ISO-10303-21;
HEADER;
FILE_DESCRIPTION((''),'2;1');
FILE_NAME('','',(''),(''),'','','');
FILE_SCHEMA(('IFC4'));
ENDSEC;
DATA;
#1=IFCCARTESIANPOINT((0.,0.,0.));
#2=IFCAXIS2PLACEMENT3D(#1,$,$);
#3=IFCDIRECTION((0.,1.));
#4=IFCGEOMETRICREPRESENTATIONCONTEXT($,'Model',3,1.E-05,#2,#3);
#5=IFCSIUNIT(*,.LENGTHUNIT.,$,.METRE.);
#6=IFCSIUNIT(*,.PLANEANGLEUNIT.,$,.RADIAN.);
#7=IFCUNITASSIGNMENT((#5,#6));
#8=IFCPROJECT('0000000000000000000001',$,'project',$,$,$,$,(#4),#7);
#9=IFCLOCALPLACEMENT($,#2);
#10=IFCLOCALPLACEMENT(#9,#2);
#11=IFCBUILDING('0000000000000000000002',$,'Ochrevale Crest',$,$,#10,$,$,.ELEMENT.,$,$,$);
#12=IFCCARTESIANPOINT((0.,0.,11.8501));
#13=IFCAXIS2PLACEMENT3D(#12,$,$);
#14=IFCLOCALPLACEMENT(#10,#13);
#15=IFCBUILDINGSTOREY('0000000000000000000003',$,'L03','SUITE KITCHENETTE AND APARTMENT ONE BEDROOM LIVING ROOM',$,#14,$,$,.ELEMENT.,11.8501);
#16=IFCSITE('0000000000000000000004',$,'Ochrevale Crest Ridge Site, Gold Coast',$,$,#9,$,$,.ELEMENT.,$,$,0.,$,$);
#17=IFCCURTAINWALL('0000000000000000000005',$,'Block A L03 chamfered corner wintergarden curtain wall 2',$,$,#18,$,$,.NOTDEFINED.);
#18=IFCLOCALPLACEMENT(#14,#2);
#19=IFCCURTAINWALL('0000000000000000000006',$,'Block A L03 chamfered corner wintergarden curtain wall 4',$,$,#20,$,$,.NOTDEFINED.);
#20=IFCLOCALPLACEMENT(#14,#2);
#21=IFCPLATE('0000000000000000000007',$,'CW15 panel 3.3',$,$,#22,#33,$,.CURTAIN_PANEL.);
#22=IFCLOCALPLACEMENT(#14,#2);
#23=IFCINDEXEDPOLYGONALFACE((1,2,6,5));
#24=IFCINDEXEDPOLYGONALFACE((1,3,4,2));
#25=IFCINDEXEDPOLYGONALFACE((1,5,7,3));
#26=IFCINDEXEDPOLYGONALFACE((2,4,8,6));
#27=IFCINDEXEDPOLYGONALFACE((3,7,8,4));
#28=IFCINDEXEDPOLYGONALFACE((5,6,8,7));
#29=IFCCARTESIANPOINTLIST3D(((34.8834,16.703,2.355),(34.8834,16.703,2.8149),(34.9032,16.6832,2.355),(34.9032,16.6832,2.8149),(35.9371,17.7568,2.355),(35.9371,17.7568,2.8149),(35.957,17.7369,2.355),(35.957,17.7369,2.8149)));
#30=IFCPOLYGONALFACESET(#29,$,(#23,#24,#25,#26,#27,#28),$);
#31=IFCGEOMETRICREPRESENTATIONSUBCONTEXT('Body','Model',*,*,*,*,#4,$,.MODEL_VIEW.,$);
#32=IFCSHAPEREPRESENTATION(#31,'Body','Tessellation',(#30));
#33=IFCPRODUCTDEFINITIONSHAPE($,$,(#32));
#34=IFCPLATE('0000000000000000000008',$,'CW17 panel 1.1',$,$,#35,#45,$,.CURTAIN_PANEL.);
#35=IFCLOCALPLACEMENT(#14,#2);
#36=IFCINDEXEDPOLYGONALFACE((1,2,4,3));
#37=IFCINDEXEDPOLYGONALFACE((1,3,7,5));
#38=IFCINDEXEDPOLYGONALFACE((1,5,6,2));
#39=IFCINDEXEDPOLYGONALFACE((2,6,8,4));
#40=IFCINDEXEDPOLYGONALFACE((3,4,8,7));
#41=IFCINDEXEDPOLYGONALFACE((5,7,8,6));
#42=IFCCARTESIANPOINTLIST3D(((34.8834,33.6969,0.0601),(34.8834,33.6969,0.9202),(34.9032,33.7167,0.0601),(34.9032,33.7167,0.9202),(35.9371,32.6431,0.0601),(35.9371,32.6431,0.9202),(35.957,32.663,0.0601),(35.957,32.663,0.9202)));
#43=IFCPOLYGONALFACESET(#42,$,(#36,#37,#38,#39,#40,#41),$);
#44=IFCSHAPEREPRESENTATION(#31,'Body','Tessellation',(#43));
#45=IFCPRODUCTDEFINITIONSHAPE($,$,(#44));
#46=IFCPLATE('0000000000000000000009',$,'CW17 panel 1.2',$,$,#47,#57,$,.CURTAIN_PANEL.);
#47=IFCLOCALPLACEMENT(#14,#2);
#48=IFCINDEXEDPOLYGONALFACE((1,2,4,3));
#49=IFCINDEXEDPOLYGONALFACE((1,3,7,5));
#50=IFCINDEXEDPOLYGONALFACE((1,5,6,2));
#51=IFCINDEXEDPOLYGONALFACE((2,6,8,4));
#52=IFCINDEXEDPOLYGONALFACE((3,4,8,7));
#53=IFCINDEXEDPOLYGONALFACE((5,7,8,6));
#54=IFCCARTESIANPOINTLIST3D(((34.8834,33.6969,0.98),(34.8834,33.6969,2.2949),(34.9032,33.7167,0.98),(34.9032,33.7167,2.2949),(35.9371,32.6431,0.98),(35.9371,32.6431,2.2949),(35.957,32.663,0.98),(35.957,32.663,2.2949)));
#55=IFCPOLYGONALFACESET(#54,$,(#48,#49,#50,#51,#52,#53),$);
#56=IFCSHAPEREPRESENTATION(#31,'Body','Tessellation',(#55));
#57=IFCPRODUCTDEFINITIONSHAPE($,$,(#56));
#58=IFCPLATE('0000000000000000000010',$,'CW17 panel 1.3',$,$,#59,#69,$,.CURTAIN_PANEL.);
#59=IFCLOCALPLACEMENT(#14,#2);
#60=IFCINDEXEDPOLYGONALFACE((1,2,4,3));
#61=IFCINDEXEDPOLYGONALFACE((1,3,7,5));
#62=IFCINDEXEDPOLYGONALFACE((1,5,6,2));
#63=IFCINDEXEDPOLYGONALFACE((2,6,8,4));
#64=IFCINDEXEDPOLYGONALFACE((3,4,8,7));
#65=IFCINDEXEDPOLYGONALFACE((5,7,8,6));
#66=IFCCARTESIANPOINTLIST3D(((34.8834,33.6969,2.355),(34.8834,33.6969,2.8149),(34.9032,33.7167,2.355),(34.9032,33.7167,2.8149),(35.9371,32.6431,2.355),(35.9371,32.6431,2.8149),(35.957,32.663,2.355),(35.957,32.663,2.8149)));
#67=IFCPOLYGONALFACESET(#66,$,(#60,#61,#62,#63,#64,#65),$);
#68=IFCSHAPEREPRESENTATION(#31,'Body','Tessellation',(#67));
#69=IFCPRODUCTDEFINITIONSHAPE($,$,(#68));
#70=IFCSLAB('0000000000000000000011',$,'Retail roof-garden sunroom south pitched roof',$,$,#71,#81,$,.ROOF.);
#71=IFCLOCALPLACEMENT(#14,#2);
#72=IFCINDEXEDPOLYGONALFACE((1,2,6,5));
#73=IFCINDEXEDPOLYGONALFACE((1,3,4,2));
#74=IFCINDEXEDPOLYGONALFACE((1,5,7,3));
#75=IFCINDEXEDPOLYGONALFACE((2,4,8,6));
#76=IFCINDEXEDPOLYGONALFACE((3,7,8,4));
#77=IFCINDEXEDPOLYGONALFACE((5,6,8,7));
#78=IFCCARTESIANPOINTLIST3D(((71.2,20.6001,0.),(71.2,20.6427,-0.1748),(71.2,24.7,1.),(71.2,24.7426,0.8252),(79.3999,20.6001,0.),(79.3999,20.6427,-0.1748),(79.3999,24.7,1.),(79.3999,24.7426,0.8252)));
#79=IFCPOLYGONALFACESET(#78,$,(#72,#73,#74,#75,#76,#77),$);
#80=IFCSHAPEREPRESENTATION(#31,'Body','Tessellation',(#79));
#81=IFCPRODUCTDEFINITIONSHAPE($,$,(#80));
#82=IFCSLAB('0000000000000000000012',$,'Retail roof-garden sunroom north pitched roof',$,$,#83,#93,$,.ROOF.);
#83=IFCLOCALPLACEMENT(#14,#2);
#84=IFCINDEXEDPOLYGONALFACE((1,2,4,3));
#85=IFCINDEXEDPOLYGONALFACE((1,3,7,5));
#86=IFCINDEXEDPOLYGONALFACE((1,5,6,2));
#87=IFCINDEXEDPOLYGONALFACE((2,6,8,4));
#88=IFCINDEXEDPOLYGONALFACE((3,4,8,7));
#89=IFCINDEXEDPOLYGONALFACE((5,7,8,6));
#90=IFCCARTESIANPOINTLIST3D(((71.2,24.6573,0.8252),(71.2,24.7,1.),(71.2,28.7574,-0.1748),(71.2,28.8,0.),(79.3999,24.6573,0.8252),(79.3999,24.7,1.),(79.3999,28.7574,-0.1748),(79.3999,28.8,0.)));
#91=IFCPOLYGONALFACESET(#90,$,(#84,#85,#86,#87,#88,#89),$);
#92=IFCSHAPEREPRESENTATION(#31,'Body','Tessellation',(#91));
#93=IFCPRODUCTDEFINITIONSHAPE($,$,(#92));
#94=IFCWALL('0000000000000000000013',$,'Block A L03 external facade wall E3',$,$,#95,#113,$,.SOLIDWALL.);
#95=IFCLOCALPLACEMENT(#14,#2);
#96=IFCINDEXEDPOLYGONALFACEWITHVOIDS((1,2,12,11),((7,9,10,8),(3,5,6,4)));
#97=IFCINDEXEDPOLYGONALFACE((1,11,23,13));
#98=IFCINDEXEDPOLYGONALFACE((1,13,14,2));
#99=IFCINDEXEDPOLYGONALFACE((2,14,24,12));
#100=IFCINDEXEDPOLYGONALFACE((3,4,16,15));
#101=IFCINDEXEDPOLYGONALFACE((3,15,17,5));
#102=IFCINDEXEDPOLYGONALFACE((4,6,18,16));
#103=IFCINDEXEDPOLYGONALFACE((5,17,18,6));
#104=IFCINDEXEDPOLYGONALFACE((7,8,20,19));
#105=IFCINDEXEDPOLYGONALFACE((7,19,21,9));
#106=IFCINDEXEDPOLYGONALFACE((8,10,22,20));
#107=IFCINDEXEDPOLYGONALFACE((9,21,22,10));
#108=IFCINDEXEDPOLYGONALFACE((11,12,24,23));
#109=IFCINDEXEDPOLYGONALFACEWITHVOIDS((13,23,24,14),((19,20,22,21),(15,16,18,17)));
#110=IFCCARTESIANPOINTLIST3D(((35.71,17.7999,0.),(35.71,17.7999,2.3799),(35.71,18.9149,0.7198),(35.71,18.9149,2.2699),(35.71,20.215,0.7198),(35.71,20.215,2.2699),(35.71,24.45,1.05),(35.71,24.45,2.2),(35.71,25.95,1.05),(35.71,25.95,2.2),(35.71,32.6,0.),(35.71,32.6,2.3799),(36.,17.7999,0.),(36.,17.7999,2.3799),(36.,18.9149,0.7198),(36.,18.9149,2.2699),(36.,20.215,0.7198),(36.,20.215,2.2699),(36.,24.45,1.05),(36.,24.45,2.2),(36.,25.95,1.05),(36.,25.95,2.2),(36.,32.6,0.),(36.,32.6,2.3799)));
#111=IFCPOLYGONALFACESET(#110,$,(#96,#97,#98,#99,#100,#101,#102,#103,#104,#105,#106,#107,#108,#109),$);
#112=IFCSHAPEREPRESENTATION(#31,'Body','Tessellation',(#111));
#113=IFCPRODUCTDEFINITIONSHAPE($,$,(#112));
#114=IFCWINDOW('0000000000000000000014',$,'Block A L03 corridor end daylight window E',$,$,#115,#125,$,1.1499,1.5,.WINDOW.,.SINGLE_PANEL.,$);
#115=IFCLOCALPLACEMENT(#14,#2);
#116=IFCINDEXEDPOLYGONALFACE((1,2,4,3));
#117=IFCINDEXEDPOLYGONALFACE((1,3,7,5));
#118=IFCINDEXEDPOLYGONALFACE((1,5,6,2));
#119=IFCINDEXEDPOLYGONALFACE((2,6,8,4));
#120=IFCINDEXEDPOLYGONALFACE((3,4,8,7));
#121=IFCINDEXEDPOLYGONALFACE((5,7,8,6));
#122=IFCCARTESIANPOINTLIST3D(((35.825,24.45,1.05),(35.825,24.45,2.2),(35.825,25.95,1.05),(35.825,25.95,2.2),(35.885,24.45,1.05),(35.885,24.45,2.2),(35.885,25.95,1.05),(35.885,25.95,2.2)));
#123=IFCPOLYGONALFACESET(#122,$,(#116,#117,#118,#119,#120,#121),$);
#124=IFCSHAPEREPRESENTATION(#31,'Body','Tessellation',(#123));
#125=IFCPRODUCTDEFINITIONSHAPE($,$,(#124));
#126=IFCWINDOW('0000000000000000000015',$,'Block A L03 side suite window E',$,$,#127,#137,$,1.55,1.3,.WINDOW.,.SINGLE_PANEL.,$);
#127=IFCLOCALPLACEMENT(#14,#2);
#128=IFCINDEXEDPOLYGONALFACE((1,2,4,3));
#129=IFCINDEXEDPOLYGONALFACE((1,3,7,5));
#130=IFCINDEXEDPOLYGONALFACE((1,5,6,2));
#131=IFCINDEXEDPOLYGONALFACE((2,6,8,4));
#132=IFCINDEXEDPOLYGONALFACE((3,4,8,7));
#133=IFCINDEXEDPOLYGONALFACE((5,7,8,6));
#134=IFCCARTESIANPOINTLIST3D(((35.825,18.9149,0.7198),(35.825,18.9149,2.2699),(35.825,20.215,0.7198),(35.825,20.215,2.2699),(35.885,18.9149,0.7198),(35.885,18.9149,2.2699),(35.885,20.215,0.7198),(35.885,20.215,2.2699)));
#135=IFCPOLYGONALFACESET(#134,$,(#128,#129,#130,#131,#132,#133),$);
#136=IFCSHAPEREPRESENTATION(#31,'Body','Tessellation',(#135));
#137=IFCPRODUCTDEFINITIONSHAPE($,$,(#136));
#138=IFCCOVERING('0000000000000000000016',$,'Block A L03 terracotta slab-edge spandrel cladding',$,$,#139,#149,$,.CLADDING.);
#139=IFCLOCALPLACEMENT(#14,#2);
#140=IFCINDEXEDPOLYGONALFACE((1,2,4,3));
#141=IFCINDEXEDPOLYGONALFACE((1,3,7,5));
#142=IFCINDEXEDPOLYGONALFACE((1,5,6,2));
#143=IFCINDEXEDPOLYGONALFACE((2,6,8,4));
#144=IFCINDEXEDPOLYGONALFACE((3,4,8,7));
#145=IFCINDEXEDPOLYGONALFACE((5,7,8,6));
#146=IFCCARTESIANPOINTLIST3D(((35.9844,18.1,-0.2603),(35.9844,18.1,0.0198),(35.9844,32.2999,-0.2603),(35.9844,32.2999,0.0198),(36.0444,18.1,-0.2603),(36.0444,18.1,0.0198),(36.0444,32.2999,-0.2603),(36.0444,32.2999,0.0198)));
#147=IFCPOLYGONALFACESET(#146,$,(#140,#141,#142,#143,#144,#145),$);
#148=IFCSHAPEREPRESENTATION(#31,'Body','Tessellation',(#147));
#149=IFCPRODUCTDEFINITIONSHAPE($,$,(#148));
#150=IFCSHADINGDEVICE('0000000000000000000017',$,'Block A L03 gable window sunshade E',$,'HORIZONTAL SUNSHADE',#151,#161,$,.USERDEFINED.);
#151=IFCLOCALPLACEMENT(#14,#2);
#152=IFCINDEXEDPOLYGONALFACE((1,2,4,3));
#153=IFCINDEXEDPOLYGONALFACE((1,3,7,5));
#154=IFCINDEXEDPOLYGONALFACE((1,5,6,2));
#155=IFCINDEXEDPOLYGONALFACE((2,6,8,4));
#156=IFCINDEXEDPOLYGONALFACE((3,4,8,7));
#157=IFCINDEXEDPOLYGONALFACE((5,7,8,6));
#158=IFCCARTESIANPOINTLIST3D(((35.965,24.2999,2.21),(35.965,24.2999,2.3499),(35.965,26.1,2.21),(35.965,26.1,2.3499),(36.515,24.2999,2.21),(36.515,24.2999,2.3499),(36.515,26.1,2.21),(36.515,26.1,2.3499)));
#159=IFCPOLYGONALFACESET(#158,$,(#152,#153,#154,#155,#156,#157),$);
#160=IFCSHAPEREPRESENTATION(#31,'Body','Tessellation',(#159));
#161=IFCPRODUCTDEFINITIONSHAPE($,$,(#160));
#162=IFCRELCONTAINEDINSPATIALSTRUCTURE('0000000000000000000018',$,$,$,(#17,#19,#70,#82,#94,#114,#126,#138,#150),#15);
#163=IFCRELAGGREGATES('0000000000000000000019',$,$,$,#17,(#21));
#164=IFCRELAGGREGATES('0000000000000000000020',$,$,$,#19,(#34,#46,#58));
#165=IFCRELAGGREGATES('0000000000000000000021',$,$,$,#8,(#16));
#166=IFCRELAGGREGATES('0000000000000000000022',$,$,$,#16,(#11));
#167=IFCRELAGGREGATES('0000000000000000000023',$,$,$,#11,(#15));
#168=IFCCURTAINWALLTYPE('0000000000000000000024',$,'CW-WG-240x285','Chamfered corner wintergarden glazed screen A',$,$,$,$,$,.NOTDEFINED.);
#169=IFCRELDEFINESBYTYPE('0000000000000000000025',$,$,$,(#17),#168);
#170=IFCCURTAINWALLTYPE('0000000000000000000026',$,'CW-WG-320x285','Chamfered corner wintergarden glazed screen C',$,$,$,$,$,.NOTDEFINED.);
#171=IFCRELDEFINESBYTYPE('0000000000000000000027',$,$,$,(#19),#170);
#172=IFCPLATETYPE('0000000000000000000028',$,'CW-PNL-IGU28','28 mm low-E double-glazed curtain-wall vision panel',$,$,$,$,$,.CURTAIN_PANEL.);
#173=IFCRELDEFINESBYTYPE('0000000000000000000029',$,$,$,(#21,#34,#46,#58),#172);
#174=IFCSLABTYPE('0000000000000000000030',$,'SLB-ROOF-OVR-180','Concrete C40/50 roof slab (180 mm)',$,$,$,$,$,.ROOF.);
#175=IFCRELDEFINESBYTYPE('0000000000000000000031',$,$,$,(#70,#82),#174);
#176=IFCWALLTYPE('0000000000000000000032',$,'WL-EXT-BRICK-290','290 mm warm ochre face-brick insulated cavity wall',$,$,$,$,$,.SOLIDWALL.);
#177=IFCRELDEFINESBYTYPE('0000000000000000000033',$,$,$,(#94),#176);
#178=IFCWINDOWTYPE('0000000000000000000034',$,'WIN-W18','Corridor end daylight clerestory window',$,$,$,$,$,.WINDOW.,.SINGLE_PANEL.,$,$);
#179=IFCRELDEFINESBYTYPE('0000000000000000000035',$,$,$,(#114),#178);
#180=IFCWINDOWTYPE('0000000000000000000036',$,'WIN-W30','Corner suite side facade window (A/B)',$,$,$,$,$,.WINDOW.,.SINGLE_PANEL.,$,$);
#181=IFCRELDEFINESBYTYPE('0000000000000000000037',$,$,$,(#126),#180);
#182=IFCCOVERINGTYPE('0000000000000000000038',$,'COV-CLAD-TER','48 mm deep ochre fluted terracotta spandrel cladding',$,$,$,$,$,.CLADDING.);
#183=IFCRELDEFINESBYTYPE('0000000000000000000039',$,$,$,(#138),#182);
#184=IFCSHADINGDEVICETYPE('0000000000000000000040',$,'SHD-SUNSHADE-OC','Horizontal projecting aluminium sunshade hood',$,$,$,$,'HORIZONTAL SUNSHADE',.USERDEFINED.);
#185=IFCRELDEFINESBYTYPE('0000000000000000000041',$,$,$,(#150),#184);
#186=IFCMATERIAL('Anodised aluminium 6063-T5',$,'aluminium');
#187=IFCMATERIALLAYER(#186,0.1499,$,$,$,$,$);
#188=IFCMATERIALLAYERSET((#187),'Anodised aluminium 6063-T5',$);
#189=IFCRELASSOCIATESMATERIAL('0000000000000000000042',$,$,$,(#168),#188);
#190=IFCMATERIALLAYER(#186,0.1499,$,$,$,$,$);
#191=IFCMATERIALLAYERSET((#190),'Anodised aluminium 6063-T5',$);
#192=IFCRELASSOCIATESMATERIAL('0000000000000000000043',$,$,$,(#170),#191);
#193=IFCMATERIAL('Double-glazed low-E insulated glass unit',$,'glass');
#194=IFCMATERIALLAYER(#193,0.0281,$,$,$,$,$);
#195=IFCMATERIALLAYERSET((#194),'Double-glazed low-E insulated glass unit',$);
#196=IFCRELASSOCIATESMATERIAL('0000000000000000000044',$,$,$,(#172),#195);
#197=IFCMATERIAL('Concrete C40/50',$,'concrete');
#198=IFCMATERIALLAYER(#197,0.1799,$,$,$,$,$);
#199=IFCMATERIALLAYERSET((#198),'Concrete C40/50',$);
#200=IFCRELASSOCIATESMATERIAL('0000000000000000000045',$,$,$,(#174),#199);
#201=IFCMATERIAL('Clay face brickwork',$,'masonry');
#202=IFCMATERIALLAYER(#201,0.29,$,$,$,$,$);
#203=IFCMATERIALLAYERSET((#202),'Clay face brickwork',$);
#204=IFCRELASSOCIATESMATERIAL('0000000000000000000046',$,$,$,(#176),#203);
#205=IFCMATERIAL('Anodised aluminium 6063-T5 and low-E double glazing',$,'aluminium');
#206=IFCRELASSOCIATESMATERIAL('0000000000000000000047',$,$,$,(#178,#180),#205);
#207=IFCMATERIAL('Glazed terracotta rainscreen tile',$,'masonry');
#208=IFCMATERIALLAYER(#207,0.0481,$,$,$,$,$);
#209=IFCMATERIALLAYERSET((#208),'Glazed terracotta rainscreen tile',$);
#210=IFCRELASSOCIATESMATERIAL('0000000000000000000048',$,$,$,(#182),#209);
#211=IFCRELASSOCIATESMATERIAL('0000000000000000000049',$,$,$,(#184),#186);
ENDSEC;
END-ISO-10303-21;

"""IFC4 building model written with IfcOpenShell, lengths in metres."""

from ifc_helpers import new_model, si_unit, direction, frame, frame_2d, origin, origin_2d, place, context, subcontext, project, spatial, polyline, rectangle, outline, extrude, material, layer, layer_set, type_object, element, fill, aggregate, save


model = new_model("IFC4")

# Units and contexts
model_context = context("Model", 3, precision=1e-05, world=origin(), true_north=direction((0.0, 1.0)))
body_context = subcontext(model_context, "Body", "Model", "MODEL_VIEW")
ifc_project = project(units=[si_unit("LENGTHUNIT", "METRE"), si_unit("PLANEANGLEUNIT", "RADIAN")], contexts=[model_context])

# Site, building, storey
site_placement = place(None, origin())
site = spatial("IfcSite", under=ifc_project, at=site_placement, Name="Ochrevale Crest Ridge Site, Gold Coast", CompositionType="ELEMENT", RefElevation=0.0)
building_placement = place(site_placement, origin())
building = spatial("IfcBuilding", under=site, at=building_placement, Name="Ochrevale Crest", CompositionType="ELEMENT")
storey_placement = place(building_placement, frame((0.0, 0.0, 11.8501)))
storey = spatial("IfcBuildingStorey", under=building, at=storey_placement, Name="L03", Description="SUITE KITCHENETTE AND APARTMENT ONE BEDROOM LIVING ROOM", CompositionType="ELEMENT", Elevation=11.8501)

# Curtain walls
ifc_material_1 = material(Name="Anodised aluminium 6063-T5", Category="aluminium")
ifc_layer_1 = layer(ifc_material_1, 0.1499)
ifc_layer_set_1 = layer_set([ifc_layer_1], Name="Anodised aluminium 6063-T5")
curtain_wall_type_1 = type_object("IfcCurtainWallType", Name="CW-WG-240x285", Description="Chamfered corner wintergarden glazed screen A", PredefinedType="NOTDEFINED", material=ifc_layer_set_1)
curtain_wall_1_placement = place(storey_placement, origin())
curtain_wall_1 = element("IfcCurtainWall", 1, at=curtain_wall_1_placement, inside=storey, type_object=curtain_wall_type_1, Name="Block A L03 chamfered corner wintergarden curtain wall 2", PredefinedType="NOTDEFINED")
ifc_layer_2 = layer(ifc_material_1, 0.1499)
ifc_layer_set_2 = layer_set([ifc_layer_2], Name="Anodised aluminium 6063-T5")
curtain_wall_type_2 = type_object("IfcCurtainWallType", Name="CW-WG-320x285", Description="Chamfered corner wintergarden glazed screen C", PredefinedType="NOTDEFINED", material=ifc_layer_set_2)
curtain_wall_2_placement = place(storey_placement, origin())
curtain_wall_2 = element("IfcCurtainWall", 2, at=curtain_wall_2_placement, inside=storey, type_object=curtain_wall_type_2, Name="Block A L03 chamfered corner wintergarden curtain wall 4", PredefinedType="NOTDEFINED")

# Plates
ifc_material_2 = material(Name="Double-glazed low-E insulated glass unit", Category="glass")
ifc_layer_3 = layer(ifc_material_2, 0.0281)
ifc_layer_set_3 = layer_set([ifc_layer_3], Name="Double-glazed low-E insulated glass unit")
plate_type = type_object("IfcPlateType", Name="CW-PNL-IGU28", Description="28 mm low-E double-glazed curtain-wall vision panel", PredefinedType="CURTAIN_PANEL", material=ifc_layer_set_3)
plate_1_placement = place(storey_placement, frame((35.4202, 17.22, 2.355), z_axis=(0.0, 0.0, 1.0), x_axis=(0.707107, 0.707107, 0.0)))
plate_1 = element("IfcPlate", 3, at=plate_1_placement, type_object=plate_type, Name="CW15 panel 3.3", PredefinedType="CURTAIN_PANEL", context=body_context, shape_type="SweptSolid", body=[
    extrude(rectangle(XDim=1.4902, YDim=0.0281, at=origin_2d()), origin(), (0.0, 0.0, 1.0), 0.46),
])
aggregate(curtain_wall_1, [plate_1])
plate_2_placement = place(storey_placement, frame((35.4202, 33.1799, 0.0601), z_axis=(0.0, 0.0, 1.0), x_axis=(-0.707107, 0.707107, 0.0)))
plate_2 = element("IfcPlate", 4, at=plate_2_placement, type_object=plate_type, Name="CW17 panel 1.1", PredefinedType="CURTAIN_PANEL", context=body_context, shape_type="SweptSolid", body=[
    extrude(rectangle(XDim=1.4902, YDim=0.0281, at=origin_2d()), origin(), (0.0, 0.0, 1.0), 0.8601),
])
plate_3_placement = place(storey_placement, frame((35.4202, 33.1799, 0.98), z_axis=(0.0, 0.0, 1.0), x_axis=(-0.707107, 0.707107, 0.0)))
plate_3 = element("IfcPlate", 5, at=plate_3_placement, type_object=plate_type, Name="CW17 panel 1.2", PredefinedType="CURTAIN_PANEL", context=body_context, shape_type="SweptSolid", body=[
    extrude(rectangle(XDim=1.4902, YDim=0.0281, at=origin_2d()), origin(), (0.0, 0.0, 1.0), 1.3149),
])
plate_4_placement = place(storey_placement, frame((35.4202, 33.1799, 2.355), z_axis=(0.0, 0.0, 1.0), x_axis=(-0.707107, 0.707107, 0.0)))
plate_4 = element("IfcPlate", 6, at=plate_4_placement, type_object=plate_type, Name="CW17 panel 1.3", PredefinedType="CURTAIN_PANEL", context=body_context, shape_type="SweptSolid", body=[
    extrude(rectangle(XDim=1.4902, YDim=0.0281, at=origin_2d()), origin(), (0.0, 0.0, 1.0), 0.46),
])
aggregate(curtain_wall_2, [plate_2, plate_3, plate_4])

# Slabs
ifc_material_3 = material(Name="Concrete C40/50", Category="concrete")
ifc_layer_4 = layer(ifc_material_3, 0.1799)
ifc_layer_set_4 = layer_set([ifc_layer_4], Name="Concrete C40/50")
slab_type = type_object("IfcSlabType", Name="SLB-ROOF-OVR-180", Description="Concrete C40/50 roof slab (180 mm)", PredefinedType="ROOF", material=ifc_layer_set_4)
slab_1_placement = place(storey_placement, frame((71.2, 20.6001, 0.0), z_axis=(0.0, -0.236964, 0.971518), x_axis=(1.0, 0.0, 0.0)))
element("IfcSlab", 7, at=slab_1_placement, inside=storey, type_object=slab_type, Name="Retail roof-garden sunroom south pitched roof", PredefinedType="ROOF", context=body_context, shape_type="SweptSolid", body=[
    extrude(outline(polyline([(0.0, 0.0), (8.2, 0.0), (8.2, 4.22), (0.0, 4.22), (0.0, 0.0)])), origin(), (0.0, 0.0, -1.0), 0.1799),
])
slab_2_placement = place(storey_placement, frame((71.2, 24.7, 1.0), z_axis=(0.0, 0.236951, 0.971522), x_axis=(1.0, 0.0, 0.0)))
element("IfcSlab", 8, at=slab_2_placement, inside=storey, type_object=slab_type, Name="Retail roof-garden sunroom north pitched roof", PredefinedType="ROOF", context=body_context, shape_type="SweptSolid", body=[
    extrude(outline(polyline([(0.0, 0.0), (8.2, 0.0), (8.2, 4.2203), (0.0, 4.2203), (0.0, 0.0)])), origin(), (0.0, 0.0, -1.0), 0.1799),
])

# Wall, openings, windows
ifc_material_4 = material(Name="Clay face brickwork", Category="masonry")
ifc_layer_5 = layer(ifc_material_4, 0.29)
ifc_layer_set_5 = layer_set([ifc_layer_5], Name="Clay face brickwork")
wall_type = type_object("IfcWallType", Name="WL-EXT-BRICK-290", Description="290 mm warm ochre face-brick insulated cavity wall", PredefinedType="SOLIDWALL", material=ifc_layer_set_5)
wall_placement = place(storey_placement, frame((35.855, 17.8, 0.0), z_axis=(0.0, 0.0, 1.0), x_axis=(0.0, 1.0, 0.0)))
wall = element("IfcWall", 9, at=wall_placement, inside=storey, type_object=wall_type, Name="Block A L03 external facade wall E3", PredefinedType="SOLIDWALL", context=body_context, shape_type="SweptSolid", body=[
    extrude(rectangle(XDim=14.8, YDim=0.29, at=frame_2d((7.3999, 0.0))), origin(), (0.0, 0.0, 1.0), 2.3799),
])
opening_1_placement = place(wall_placement, frame((6.6499, 0.0, 1.05)))
opening_1 = element("IfcOpeningElement", 10, at=opening_1_placement, cuts=wall, PredefinedType="OPENING", context=body_context, shape_type="SweptSolid", body=[
    extrude(rectangle(XDim=1.5, YDim=1.1499, at=frame_2d((0.75, 0.575))), frame((0.0, 0.155, 0.0), z_axis=(0.0, -1.0, 0.0), x_axis=(1.0, 0.0, 0.0)), (0.0, 0.0, 1.0), 0.3101),
])
opening_2_placement = place(wall_placement, frame((1.115, 0.0, 0.72)))
opening_2 = element("IfcOpeningElement", 11, at=opening_2_placement, cuts=wall, PredefinedType="OPENING", context=body_context, shape_type="SweptSolid", body=[
    extrude(rectangle(XDim=1.3, YDim=1.55, at=frame_2d((0.6499, 0.7749))), frame((0.0, 0.155, 0.0), z_axis=(0.0, -1.0, 0.0), x_axis=(1.0, 0.0, 0.0)), (0.0, 0.0, 1.0), 0.3101),
])
ifc_material_5 = material(Name="Anodised aluminium 6063-T5 and low-E double glazing", Category="aluminium")
window_type_1 = type_object("IfcWindowType", Name="WIN-W18", Description="Corridor end daylight clerestory window", PartitioningType="SINGLE_PANEL", PredefinedType="WINDOW", material=ifc_material_5)
window_1_placement = place(opening_1_placement, origin())
window_1 = element("IfcWindow", 12, at=window_1_placement, inside=storey, type_object=window_type_1, Name="Block A L03 corridor end daylight window E", OverallHeight=1.1499, OverallWidth=1.5, PartitioningType="SINGLE_PANEL", PredefinedType="WINDOW", context=body_context, shape_type="SweptSolid", body=[
    extrude(rectangle(XDim=1.5, YDim=1.1499, at=frame_2d((0.75, 0.575))), frame((0.0, 0.03, 0.0), z_axis=(0.0, -1.0, 0.0), x_axis=(1.0, 0.0, 0.0)), (0.0, 0.0, 1.0), 0.0601),
])
fill(opening_1, window_1)
window_type_2 = type_object("IfcWindowType", Name="WIN-W30", Description="Corner suite side facade window (A/B)", PartitioningType="SINGLE_PANEL", PredefinedType="WINDOW", material=ifc_material_5)
window_2_placement = place(opening_2_placement, origin())
window_2 = element("IfcWindow", 13, at=window_2_placement, inside=storey, type_object=window_type_2, Name="Block A L03 side suite window E", OverallHeight=1.55, OverallWidth=1.3, PartitioningType="SINGLE_PANEL", PredefinedType="WINDOW", context=body_context, shape_type="SweptSolid", body=[
    extrude(rectangle(XDim=1.3, YDim=1.55, at=frame_2d((0.6499, 0.7749))), frame((0.0, 0.03, 0.0), z_axis=(0.0, -1.0, 0.0), x_axis=(1.0, 0.0, 0.0)), (0.0, 0.0, 1.0), 0.0601),
])
fill(opening_2, window_2)

# Covering
ifc_material_6 = material(Name="Glazed terracotta rainscreen tile", Category="masonry")
ifc_layer_6 = layer(ifc_material_6, 0.0481)
ifc_layer_set_6 = layer_set([ifc_layer_6], Name="Glazed terracotta rainscreen tile")
covering_type = type_object("IfcCoveringType", Name="COV-CLAD-TER", Description="48 mm deep ochre fluted terracotta spandrel cladding", PredefinedType="CLADDING", material=ifc_layer_set_6)
covering_placement = place(storey_placement, frame((36.0144, 25.2, -0.2603), z_axis=(0.0, 0.0, 1.0), x_axis=(0.0, 1.0, 0.0)))
element("IfcCovering", 14, at=covering_placement, inside=storey, type_object=covering_type, Name="Block A L03 terracotta slab-edge spandrel cladding", PredefinedType="CLADDING", context=body_context, shape_type="SweptSolid", body=[
    extrude(rectangle(XDim=14.2, YDim=0.0601, at=origin_2d()), origin(), (0.0, 0.0, 1.0), 0.28),
])

# Shading device
shading_device_type = type_object("IfcShadingDeviceType", Name="SHD-SUNSHADE-OC", Description="Horizontal projecting aluminium sunshade hood", ElementType="HORIZONTAL SUNSHADE", PredefinedType="USERDEFINED", material=ifc_material_1)
shading_device_placement = place(storey_placement, frame((36.24, 25.2, 2.21), z_axis=(0.0, 0.0, 1.0), x_axis=(1.0, 0.0, 0.0)))
element("IfcShadingDevice", 15, at=shading_device_placement, inside=storey, type_object=shading_device_type, Name="Block A L03 gable window sunshade E", ObjectType="HORIZONTAL SUNSHADE", PredefinedType="USERDEFINED", context=body_context, shape_type="SweptSolid", body=[
    extrude(rectangle(XDim=0.55, YDim=1.8, at=origin_2d()), origin(), (0.0, 0.0, 1.0), 0.1399),
])

save(model, "model.ifc")
